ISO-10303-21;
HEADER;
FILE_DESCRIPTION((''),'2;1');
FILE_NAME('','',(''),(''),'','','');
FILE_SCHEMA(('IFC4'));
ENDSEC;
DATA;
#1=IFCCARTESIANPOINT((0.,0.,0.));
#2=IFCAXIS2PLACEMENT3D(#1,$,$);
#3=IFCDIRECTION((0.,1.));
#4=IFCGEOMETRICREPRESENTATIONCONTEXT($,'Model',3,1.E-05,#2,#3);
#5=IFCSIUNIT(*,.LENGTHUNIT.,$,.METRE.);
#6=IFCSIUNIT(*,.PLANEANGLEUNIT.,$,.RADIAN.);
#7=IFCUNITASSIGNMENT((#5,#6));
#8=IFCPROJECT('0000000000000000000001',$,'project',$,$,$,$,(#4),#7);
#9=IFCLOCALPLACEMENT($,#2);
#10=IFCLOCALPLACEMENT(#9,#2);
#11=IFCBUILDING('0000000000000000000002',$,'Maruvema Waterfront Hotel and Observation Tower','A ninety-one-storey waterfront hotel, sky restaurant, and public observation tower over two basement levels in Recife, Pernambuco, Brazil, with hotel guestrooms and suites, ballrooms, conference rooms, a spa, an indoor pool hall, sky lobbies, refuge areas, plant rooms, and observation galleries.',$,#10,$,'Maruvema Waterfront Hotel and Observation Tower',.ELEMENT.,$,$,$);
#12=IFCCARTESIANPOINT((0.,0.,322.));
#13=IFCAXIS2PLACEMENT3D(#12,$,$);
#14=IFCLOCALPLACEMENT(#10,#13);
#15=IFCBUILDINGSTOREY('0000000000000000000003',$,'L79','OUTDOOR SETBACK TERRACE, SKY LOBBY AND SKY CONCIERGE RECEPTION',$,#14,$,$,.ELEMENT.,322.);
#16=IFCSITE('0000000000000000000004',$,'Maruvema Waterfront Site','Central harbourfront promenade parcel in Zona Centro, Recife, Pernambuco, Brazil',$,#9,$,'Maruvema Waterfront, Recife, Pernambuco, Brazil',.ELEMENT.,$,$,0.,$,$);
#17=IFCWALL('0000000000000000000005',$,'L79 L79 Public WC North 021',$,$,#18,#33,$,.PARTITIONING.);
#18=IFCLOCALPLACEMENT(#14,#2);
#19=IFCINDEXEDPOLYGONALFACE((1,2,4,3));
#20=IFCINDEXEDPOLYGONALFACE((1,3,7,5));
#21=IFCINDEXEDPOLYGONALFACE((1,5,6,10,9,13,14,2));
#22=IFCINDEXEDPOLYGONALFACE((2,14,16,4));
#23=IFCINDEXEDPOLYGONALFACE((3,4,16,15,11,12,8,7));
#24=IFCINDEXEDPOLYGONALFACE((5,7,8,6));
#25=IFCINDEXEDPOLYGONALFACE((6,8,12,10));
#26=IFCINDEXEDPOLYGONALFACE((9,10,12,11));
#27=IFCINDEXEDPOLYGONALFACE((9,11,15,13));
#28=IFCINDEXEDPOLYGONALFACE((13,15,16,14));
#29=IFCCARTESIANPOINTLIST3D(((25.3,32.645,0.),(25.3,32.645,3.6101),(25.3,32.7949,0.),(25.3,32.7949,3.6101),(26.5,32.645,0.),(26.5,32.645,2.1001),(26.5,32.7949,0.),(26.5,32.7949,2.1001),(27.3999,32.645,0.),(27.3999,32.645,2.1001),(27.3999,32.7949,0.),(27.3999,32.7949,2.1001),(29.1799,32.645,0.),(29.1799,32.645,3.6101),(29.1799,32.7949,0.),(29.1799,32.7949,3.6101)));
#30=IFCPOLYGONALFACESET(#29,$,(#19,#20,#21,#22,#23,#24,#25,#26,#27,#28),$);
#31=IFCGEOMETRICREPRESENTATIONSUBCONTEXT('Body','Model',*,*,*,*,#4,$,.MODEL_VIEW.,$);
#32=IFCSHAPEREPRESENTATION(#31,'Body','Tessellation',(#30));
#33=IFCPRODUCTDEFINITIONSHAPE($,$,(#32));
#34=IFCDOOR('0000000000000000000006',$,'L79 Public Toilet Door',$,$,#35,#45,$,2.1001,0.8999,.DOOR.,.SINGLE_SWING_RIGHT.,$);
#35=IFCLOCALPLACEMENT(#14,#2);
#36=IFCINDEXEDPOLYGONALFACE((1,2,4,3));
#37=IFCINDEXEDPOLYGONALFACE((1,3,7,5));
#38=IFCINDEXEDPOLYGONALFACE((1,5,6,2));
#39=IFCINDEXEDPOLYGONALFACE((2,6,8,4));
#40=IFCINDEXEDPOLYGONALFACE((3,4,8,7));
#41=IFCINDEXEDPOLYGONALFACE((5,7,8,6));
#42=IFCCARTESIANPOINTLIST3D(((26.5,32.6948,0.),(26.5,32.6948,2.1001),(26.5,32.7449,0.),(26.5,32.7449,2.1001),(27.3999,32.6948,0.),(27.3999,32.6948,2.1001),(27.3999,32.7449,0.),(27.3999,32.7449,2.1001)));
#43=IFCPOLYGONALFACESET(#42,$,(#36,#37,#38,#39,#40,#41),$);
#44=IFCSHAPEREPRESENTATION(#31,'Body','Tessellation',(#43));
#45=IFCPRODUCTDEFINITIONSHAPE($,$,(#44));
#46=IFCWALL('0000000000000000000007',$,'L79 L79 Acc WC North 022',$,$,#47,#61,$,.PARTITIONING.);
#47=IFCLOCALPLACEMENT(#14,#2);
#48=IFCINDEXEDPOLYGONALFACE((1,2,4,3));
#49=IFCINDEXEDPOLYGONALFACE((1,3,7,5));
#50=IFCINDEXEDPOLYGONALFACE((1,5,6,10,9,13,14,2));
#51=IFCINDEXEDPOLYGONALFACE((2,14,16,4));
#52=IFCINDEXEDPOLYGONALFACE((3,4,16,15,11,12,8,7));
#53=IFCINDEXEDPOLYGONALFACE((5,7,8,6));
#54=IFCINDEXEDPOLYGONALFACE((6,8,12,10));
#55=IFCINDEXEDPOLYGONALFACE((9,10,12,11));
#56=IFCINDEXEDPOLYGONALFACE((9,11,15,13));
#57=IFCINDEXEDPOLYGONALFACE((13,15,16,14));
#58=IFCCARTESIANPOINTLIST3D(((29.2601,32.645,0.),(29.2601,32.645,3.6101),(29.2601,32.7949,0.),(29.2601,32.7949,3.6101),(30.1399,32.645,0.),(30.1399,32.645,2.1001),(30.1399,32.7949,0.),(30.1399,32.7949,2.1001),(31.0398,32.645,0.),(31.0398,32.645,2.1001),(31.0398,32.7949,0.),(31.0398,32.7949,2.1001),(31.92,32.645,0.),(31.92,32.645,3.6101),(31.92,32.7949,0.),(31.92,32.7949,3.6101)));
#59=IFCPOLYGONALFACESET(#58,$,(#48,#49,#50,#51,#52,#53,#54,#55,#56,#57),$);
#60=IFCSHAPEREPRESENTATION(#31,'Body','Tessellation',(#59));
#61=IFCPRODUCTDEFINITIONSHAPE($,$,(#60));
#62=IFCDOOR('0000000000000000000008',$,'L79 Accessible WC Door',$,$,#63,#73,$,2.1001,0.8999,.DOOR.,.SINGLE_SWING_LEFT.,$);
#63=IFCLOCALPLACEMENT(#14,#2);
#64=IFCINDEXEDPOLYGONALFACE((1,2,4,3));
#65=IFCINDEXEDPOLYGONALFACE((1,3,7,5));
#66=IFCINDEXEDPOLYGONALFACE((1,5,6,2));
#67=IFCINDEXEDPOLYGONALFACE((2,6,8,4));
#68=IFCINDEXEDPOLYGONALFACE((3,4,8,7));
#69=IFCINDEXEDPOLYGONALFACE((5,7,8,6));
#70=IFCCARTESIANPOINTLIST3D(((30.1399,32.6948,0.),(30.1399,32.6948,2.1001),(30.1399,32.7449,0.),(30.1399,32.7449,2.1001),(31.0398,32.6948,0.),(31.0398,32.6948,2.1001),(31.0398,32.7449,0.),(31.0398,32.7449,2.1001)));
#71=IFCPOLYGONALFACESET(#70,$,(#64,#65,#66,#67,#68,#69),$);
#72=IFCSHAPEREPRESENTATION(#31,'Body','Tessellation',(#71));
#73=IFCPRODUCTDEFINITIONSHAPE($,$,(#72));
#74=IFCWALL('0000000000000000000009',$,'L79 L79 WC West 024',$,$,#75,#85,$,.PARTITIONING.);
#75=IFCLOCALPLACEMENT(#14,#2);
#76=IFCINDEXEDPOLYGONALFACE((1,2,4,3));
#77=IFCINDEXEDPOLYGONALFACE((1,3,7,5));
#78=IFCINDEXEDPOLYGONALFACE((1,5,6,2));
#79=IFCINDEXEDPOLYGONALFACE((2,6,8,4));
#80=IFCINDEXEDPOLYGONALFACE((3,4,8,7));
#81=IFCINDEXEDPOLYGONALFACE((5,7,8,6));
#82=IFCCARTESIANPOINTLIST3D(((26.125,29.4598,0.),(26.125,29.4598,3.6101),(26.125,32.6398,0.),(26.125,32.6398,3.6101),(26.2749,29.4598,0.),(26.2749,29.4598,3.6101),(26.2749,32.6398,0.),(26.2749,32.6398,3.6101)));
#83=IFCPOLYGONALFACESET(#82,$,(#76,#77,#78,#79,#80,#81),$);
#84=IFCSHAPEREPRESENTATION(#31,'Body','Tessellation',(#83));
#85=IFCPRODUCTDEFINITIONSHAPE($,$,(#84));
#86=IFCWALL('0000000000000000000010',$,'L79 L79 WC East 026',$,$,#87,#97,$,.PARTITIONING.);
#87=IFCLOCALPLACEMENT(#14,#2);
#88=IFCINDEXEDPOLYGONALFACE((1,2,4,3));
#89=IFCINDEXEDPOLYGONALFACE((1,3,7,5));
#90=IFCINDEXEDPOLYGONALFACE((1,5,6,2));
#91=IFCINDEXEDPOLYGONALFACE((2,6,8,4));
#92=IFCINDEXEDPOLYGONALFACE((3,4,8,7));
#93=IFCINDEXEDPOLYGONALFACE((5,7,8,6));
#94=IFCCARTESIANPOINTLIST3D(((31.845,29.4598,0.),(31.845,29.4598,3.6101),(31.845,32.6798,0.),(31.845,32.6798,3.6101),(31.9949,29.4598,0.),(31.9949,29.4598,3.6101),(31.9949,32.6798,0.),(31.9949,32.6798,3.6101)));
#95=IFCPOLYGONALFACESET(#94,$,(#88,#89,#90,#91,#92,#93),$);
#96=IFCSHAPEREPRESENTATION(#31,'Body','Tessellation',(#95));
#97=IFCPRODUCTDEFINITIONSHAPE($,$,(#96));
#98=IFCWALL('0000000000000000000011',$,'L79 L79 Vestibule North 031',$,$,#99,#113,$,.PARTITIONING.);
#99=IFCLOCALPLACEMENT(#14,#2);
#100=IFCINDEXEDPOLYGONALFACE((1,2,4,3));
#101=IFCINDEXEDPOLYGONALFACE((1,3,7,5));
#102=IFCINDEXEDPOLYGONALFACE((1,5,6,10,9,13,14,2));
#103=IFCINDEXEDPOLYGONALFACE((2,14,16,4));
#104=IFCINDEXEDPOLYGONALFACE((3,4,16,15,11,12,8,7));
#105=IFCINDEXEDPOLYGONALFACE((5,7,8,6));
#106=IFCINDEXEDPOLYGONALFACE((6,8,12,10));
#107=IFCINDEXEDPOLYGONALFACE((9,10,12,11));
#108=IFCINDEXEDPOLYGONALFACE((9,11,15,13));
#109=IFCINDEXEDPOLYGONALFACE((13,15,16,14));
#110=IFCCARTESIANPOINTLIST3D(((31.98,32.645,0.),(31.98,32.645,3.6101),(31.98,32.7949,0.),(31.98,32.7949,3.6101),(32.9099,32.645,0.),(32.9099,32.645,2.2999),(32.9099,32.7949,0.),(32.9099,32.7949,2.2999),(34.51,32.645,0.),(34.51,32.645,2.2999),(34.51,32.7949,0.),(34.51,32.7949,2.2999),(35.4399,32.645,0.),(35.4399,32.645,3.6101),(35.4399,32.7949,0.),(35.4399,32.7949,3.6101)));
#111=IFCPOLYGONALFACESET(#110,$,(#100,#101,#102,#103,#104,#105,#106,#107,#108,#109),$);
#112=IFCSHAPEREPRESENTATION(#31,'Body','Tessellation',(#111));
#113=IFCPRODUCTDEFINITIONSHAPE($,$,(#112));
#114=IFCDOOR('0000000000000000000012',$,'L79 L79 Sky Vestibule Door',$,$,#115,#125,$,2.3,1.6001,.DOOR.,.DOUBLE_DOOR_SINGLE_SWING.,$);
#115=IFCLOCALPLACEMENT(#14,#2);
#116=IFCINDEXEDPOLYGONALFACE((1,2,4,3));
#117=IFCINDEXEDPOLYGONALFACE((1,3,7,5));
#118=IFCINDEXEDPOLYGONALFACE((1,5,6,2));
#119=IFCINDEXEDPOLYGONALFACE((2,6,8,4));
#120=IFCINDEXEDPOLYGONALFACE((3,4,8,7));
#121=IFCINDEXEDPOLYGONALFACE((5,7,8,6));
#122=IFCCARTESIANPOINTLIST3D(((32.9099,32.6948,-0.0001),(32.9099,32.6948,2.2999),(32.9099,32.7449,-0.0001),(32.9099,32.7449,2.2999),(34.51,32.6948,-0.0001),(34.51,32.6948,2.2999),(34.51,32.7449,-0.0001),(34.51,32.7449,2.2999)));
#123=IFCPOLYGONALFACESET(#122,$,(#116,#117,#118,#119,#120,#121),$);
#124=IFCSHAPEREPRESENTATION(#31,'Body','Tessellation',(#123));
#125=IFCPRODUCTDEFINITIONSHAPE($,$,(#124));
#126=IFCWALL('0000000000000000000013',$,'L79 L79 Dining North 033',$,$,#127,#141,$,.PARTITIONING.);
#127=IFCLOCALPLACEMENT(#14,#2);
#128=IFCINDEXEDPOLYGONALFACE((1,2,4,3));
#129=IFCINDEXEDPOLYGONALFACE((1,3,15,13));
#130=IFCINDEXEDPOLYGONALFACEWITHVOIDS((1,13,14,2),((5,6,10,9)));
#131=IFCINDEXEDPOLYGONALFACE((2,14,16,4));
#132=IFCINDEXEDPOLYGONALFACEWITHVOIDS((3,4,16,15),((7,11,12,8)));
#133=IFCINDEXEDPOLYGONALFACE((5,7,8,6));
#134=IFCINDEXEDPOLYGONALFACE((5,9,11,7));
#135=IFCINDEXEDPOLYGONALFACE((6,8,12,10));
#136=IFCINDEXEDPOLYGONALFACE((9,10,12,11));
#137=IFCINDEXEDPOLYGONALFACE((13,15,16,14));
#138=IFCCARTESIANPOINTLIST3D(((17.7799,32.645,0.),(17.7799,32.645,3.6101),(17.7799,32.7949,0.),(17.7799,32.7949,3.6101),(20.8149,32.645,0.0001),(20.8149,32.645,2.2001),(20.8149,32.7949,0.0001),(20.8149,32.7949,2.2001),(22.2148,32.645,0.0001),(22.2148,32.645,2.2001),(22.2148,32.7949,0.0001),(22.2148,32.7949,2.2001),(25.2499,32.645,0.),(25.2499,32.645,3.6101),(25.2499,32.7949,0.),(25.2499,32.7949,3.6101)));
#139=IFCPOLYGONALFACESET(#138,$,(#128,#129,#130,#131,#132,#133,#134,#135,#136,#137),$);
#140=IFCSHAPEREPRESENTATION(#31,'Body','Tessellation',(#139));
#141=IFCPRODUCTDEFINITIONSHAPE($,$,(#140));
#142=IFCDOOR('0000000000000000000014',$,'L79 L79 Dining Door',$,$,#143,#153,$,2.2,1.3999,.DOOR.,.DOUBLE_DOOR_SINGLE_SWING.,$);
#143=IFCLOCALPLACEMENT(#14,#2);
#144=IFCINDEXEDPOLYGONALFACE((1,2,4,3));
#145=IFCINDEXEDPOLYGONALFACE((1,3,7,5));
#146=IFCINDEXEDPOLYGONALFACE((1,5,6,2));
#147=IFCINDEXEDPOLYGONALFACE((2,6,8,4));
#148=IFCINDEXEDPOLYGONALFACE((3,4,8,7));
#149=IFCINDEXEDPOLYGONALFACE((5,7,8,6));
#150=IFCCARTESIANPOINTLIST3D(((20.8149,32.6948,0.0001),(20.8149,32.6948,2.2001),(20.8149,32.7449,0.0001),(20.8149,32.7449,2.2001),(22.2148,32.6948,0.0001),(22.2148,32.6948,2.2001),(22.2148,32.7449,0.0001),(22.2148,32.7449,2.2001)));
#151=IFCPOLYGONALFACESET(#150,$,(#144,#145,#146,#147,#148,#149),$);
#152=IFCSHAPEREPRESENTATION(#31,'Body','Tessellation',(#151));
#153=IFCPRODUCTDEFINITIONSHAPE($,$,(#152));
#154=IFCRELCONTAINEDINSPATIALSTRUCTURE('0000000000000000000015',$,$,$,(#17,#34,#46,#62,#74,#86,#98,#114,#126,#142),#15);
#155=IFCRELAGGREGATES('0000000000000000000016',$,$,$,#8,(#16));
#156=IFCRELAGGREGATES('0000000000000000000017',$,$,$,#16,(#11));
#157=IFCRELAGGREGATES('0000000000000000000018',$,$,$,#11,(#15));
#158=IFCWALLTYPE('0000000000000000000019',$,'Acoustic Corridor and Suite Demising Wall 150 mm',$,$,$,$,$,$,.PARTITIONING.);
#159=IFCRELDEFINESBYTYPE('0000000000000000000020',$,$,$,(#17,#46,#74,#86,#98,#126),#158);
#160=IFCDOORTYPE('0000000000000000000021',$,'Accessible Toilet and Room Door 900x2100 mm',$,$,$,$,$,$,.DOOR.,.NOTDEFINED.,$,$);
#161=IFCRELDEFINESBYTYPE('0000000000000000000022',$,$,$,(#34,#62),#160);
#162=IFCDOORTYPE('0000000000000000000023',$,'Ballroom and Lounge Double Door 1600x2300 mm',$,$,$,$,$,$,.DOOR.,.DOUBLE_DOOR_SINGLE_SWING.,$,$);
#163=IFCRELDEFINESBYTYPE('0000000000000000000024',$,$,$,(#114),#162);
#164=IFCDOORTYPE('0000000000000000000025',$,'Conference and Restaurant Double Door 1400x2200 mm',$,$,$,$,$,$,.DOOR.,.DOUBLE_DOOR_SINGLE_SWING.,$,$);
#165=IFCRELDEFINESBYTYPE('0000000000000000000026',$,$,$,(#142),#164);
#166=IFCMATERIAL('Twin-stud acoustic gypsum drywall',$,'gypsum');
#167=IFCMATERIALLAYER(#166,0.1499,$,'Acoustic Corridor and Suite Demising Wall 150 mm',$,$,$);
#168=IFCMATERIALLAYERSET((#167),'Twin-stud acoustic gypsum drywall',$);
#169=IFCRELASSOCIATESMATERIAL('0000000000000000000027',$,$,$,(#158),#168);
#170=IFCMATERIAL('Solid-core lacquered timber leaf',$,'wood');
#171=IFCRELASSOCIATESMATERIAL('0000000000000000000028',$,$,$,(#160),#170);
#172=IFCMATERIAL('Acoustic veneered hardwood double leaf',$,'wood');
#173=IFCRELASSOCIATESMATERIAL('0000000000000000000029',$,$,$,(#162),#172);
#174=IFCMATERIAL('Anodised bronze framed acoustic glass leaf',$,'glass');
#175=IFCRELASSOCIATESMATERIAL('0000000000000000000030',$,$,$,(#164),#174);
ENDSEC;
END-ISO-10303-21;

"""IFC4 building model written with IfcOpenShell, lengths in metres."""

from ifc_helpers import new_model, si_unit, direction, frame, frame_2d, origin, place, context, subcontext, project, spatial, rectangle, extrude, material, layer, layer_set, type_object, element, fill, save


model = new_model("IFC4")

# Units and contexts
model_context = context("Model", 3, precision=1e-05, world=origin(), true_north=direction((0.0, 1.0)))
body_context = subcontext(model_context, "Body", "Model", "MODEL_VIEW")
ifc_project = project(units=[si_unit("LENGTHUNIT", "METRE"), si_unit("PLANEANGLEUNIT", "RADIAN")], contexts=[model_context])

# Site, building, storey
site_placement = place(None, origin())
site = spatial("IfcSite", under=ifc_project, at=site_placement, Name="Maruvema Waterfront Site", Description="Central harbourfront promenade parcel in Zona Centro, Recife, Pernambuco, Brazil", LongName="Maruvema Waterfront, Recife, Pernambuco, Brazil", CompositionType="ELEMENT", RefElevation=0.0)
building_placement = place(site_placement, origin())
building = spatial("IfcBuilding", under=site, at=building_placement, Name="Maruvema Waterfront Hotel and Observation Tower", Description="A ninety-one-storey waterfront hotel, sky restaurant, and public observation tower over two basement levels in Recife, Pernambuco, Brazil, with hotel guestrooms and suites, ballrooms, conference rooms, a spa, an indoor pool hall, sky lobbies, refuge areas, plant rooms, and observation galleries.", LongName="Maruvema Waterfront Hotel and Observation Tower", CompositionType="ELEMENT")
storey_placement = place(building_placement, frame((0.0, 0.0, 322.0)))
storey = spatial("IfcBuildingStorey", under=building, at=storey_placement, Name="L79", Description="OUTDOOR SETBACK TERRACE, SKY LOBBY AND SKY CONCIERGE RECEPTION", CompositionType="ELEMENT", Elevation=322.0)

# Walls, openings, doors
ifc_material_1 = material(Name="Twin-stud acoustic gypsum drywall", Category="gypsum")
ifc_layer_1 = layer(ifc_material_1, 0.1499, Name="Acoustic Corridor and Suite Demising Wall 150 mm")
ifc_layer_set_1 = layer_set([ifc_layer_1], Name="Twin-stud acoustic gypsum drywall")
wall_type_1 = type_object("IfcWallType", Name="Acoustic Corridor and Suite Demising Wall 150 mm", PredefinedType="PARTITIONING", material=ifc_layer_set_1)
wall_1_placement = place(storey_placement, frame((25.3, 32.72, 0.0), z_axis=(0.0, 0.0, 1.0), x_axis=(1.0, 0.0, 0.0)))
wall_1 = element("IfcWall", 1, at=wall_1_placement, inside=storey, type_object=wall_type_1, Name="L79 L79 Public WC North 021", PredefinedType="PARTITIONING", context=body_context, shape_type="SweptSolid", body=[
    extrude(rectangle(XDim=3.8799, YDim=0.1499, at=frame_2d((1.9399, 0.0))), origin(), (0.0, 0.0, 1.0), 3.6101),
])
opening_1_placement = place(wall_1_placement, frame((1.2, 0.0, 0.0)))
opening_1 = element("IfcOpeningElement", 2, at=opening_1_placement, cuts=wall_1, PredefinedType="OPENING", context=body_context, shape_type="SweptSolid", body=[
    extrude(rectangle(XDim=0.8999, YDim=2.1001, at=frame_2d((0.45, 1.05))), frame((0.0, 0.085, 0.0), z_axis=(0.0, -1.0, 0.0), x_axis=(1.0, 0.0, 0.0)), (0.0, 0.0, 1.0), 0.1699),
])
ifc_material_2 = material(Name="Solid-core lacquered timber leaf", Category="wood")
door_type_1 = type_object("IfcDoorType", Name="Accessible Toilet and Room Door 900x2100 mm", OperationType="NOTDEFINED", PredefinedType="DOOR", material=ifc_material_2)
door_1_placement = place(opening_1_placement, origin())
door_1 = element("IfcDoor", 3, at=door_1_placement, inside=storey, type_object=door_type_1, Name="L79 Public Toilet Door", OperationType="SINGLE_SWING_RIGHT", OverallHeight=2.1001, OverallWidth=0.8999, PredefinedType="DOOR", context=body_context, shape_type="SweptSolid", body=[
    extrude(rectangle(XDim=0.8999, YDim=2.1001, at=frame_2d((0.45, 1.05))), frame((0.0, 0.0249, 0.0), z_axis=(0.0, -1.0, 0.0), x_axis=(1.0, 0.0, 0.0)), (0.0, 0.0, 1.0), 0.05),
])
fill(opening_1, door_1)
wall_2_placement = place(storey_placement, frame((29.26, 32.72, 0.0), z_axis=(0.0, 0.0, 1.0), x_axis=(1.0, 0.0, 0.0)))
wall_2 = element("IfcWall", 4, at=wall_2_placement, inside=storey, type_object=wall_type_1, Name="L79 L79 Acc WC North 022", PredefinedType="PARTITIONING", context=body_context, shape_type="SweptSolid", body=[
    extrude(rectangle(XDim=2.6599, YDim=0.1499, at=frame_2d((1.3301, 0.0))), origin(), (0.0, 0.0, 1.0), 3.6101),
])
opening_2_placement = place(wall_2_placement, frame((0.8799, 0.0, 0.0)))
opening_2 = element("IfcOpeningElement", 5, at=opening_2_placement, cuts=wall_2, PredefinedType="OPENING", context=body_context, shape_type="SweptSolid", body=[
    extrude(rectangle(XDim=0.8999, YDim=2.1001, at=frame_2d((0.45, 1.05))), frame((0.0, 0.085, 0.0), z_axis=(0.0, -1.0, 0.0), x_axis=(1.0, 0.0, 0.0)), (0.0, 0.0, 1.0), 0.1699),
])
door_2_placement = place(opening_2_placement, origin())
door_2 = element("IfcDoor", 6, at=door_2_placement, inside=storey, type_object=door_type_1, Name="L79 Accessible WC Door", OperationType="SINGLE_SWING_LEFT", OverallHeight=2.1001, OverallWidth=0.8999, PredefinedType="DOOR", context=body_context, shape_type="SweptSolid", body=[
    extrude(rectangle(XDim=0.8999, YDim=2.1001, at=frame_2d((0.45, 1.05))), frame((0.0, 0.0249, 0.0), z_axis=(0.0, -1.0, 0.0), x_axis=(1.0, 0.0, 0.0)), (0.0, 0.0, 1.0), 0.05),
])
fill(opening_2, door_2)

# Walls
wall_3_placement = place(storey_placement, frame((26.2, 29.46, 0.0), z_axis=(0.0, 0.0, 1.0), x_axis=(0.0, 1.0, 0.0)))
element("IfcWall", 7, at=wall_3_placement, inside=storey, type_object=wall_type_1, Name="L79 L79 WC West 024", PredefinedType="PARTITIONING", context=body_context, shape_type="SweptSolid", body=[
    extrude(rectangle(XDim=3.1799, YDim=0.1499, at=frame_2d((1.5898, 0.0))), origin(), (0.0, 0.0, 1.0), 3.6101),
])
wall_4_placement = place(storey_placement, frame((31.9199, 29.46, 0.0), z_axis=(0.0, 0.0, 1.0), x_axis=(0.0, 1.0, 0.0)))
element("IfcWall", 8, at=wall_4_placement, inside=storey, type_object=wall_type_1, Name="L79 L79 WC East 026", PredefinedType="PARTITIONING", context=body_context, shape_type="SweptSolid", body=[
    extrude(rectangle(XDim=3.22, YDim=0.1499, at=frame_2d((1.6099, 0.0))), origin(), (0.0, 0.0, 1.0), 3.6101),
])

# Walls, openings, doors
wall_5_placement = place(storey_placement, frame((31.98, 32.72, 0.0), z_axis=(0.0, 0.0, 1.0), x_axis=(1.0, 0.0, 0.0)))
wall_5 = element("IfcWall", 9, at=wall_5_placement, inside=storey, type_object=wall_type_1, Name="L79 L79 Vestibule North 031", PredefinedType="PARTITIONING", context=body_context, shape_type="SweptSolid", body=[
    extrude(rectangle(XDim=3.46, YDim=0.1499, at=frame_2d((1.73, 0.0))), origin(), (0.0, 0.0, 1.0), 3.6101),
])
opening_3_placement = place(wall_5_placement, frame((0.9299, 0.0, 0.0)))
opening_3 = element("IfcOpeningElement", 10, at=opening_3_placement, cuts=wall_5, PredefinedType="OPENING", context=body_context, shape_type="SweptSolid", body=[
    extrude(rectangle(XDim=1.6001, YDim=2.3, at=frame_2d((0.8, 1.1499))), frame((0.0, 0.085, 0.0), z_axis=(0.0, -1.0, 0.0), x_axis=(1.0, 0.0, 0.0)), (0.0, 0.0, 1.0), 0.1699),
])
ifc_material_3 = material(Name="Acoustic veneered hardwood double leaf", Category="wood")
door_type_2 = type_object("IfcDoorType", Name="Ballroom and Lounge Double Door 1600x2300 mm", OperationType="DOUBLE_DOOR_SINGLE_SWING", PredefinedType="DOOR", material=ifc_material_3)
door_3_placement = place(opening_3_placement, origin())
door_3 = element("IfcDoor", 11, at=door_3_placement, inside=storey, type_object=door_type_2, Name="L79 L79 Sky Vestibule Door", OperationType="DOUBLE_DOOR_SINGLE_SWING", OverallHeight=2.3, OverallWidth=1.6001, PredefinedType="DOOR", context=body_context, shape_type="SweptSolid", body=[
    extrude(rectangle(XDim=1.6001, YDim=2.3, at=frame_2d((0.8, 1.1499))), frame((0.0, 0.0249, 0.0), z_axis=(0.0, -1.0, 0.0), x_axis=(1.0, 0.0, 0.0)), (0.0, 0.0, 1.0), 0.05),
])
fill(opening_3, door_3)
wall_6_placement = place(storey_placement, frame((17.78, 32.72, 0.0), z_axis=(0.0, 0.0, 1.0), x_axis=(1.0, 0.0, 0.0)))
wall_6 = element("IfcWall", 12, at=wall_6_placement, inside=storey, type_object=wall_type_1, Name="L79 L79 Dining North 033", PredefinedType="PARTITIONING", context=body_context, shape_type="SweptSolid", body=[
    extrude(rectangle(XDim=7.47, YDim=0.1499, at=frame_2d((3.7349, 0.0))), origin(), (0.0, 0.0, 1.0), 3.6101),
])
opening_4_placement = place(wall_6_placement, frame((3.0349, 0.0, 0.0)))
opening_4 = element("IfcOpeningElement", 13, at=opening_4_placement, cuts=wall_6, PredefinedType="OPENING", context=body_context, shape_type="SweptSolid", body=[
    extrude(rectangle(XDim=1.3999, YDim=2.2, at=frame_2d((0.7, 1.1001))), frame((0.0, 0.085, 0.0), z_axis=(0.0, -1.0, 0.0), x_axis=(1.0, 0.0, 0.0)), (0.0, 0.0, 1.0), 0.1699),
])
ifc_material_4 = material(Name="Anodised bronze framed acoustic glass leaf", Category="glass")
door_type_3 = type_object("IfcDoorType", Name="Conference and Restaurant Double Door 1400x2200 mm", OperationType="DOUBLE_DOOR_SINGLE_SWING", PredefinedType="DOOR", material=ifc_material_4)
door_4_placement = place(opening_4_placement, origin())
door_4 = element("IfcDoor", 14, at=door_4_placement, inside=storey, type_object=door_type_3, Name="L79 L79 Dining Door", OperationType="DOUBLE_DOOR_SINGLE_SWING", OverallHeight=2.2, OverallWidth=1.3999, PredefinedType="DOOR", context=body_context, shape_type="SweptSolid", body=[
    extrude(rectangle(XDim=1.3999, YDim=2.2, at=frame_2d((0.7, 1.1001))), frame((0.0, 0.0249, 0.0), z_axis=(0.0, -1.0, 0.0), x_axis=(1.0, 0.0, 0.0)), (0.0, 0.0, 1.0), 0.05),
])
fill(opening_4, door_4)

save(model, "model.ifc")
